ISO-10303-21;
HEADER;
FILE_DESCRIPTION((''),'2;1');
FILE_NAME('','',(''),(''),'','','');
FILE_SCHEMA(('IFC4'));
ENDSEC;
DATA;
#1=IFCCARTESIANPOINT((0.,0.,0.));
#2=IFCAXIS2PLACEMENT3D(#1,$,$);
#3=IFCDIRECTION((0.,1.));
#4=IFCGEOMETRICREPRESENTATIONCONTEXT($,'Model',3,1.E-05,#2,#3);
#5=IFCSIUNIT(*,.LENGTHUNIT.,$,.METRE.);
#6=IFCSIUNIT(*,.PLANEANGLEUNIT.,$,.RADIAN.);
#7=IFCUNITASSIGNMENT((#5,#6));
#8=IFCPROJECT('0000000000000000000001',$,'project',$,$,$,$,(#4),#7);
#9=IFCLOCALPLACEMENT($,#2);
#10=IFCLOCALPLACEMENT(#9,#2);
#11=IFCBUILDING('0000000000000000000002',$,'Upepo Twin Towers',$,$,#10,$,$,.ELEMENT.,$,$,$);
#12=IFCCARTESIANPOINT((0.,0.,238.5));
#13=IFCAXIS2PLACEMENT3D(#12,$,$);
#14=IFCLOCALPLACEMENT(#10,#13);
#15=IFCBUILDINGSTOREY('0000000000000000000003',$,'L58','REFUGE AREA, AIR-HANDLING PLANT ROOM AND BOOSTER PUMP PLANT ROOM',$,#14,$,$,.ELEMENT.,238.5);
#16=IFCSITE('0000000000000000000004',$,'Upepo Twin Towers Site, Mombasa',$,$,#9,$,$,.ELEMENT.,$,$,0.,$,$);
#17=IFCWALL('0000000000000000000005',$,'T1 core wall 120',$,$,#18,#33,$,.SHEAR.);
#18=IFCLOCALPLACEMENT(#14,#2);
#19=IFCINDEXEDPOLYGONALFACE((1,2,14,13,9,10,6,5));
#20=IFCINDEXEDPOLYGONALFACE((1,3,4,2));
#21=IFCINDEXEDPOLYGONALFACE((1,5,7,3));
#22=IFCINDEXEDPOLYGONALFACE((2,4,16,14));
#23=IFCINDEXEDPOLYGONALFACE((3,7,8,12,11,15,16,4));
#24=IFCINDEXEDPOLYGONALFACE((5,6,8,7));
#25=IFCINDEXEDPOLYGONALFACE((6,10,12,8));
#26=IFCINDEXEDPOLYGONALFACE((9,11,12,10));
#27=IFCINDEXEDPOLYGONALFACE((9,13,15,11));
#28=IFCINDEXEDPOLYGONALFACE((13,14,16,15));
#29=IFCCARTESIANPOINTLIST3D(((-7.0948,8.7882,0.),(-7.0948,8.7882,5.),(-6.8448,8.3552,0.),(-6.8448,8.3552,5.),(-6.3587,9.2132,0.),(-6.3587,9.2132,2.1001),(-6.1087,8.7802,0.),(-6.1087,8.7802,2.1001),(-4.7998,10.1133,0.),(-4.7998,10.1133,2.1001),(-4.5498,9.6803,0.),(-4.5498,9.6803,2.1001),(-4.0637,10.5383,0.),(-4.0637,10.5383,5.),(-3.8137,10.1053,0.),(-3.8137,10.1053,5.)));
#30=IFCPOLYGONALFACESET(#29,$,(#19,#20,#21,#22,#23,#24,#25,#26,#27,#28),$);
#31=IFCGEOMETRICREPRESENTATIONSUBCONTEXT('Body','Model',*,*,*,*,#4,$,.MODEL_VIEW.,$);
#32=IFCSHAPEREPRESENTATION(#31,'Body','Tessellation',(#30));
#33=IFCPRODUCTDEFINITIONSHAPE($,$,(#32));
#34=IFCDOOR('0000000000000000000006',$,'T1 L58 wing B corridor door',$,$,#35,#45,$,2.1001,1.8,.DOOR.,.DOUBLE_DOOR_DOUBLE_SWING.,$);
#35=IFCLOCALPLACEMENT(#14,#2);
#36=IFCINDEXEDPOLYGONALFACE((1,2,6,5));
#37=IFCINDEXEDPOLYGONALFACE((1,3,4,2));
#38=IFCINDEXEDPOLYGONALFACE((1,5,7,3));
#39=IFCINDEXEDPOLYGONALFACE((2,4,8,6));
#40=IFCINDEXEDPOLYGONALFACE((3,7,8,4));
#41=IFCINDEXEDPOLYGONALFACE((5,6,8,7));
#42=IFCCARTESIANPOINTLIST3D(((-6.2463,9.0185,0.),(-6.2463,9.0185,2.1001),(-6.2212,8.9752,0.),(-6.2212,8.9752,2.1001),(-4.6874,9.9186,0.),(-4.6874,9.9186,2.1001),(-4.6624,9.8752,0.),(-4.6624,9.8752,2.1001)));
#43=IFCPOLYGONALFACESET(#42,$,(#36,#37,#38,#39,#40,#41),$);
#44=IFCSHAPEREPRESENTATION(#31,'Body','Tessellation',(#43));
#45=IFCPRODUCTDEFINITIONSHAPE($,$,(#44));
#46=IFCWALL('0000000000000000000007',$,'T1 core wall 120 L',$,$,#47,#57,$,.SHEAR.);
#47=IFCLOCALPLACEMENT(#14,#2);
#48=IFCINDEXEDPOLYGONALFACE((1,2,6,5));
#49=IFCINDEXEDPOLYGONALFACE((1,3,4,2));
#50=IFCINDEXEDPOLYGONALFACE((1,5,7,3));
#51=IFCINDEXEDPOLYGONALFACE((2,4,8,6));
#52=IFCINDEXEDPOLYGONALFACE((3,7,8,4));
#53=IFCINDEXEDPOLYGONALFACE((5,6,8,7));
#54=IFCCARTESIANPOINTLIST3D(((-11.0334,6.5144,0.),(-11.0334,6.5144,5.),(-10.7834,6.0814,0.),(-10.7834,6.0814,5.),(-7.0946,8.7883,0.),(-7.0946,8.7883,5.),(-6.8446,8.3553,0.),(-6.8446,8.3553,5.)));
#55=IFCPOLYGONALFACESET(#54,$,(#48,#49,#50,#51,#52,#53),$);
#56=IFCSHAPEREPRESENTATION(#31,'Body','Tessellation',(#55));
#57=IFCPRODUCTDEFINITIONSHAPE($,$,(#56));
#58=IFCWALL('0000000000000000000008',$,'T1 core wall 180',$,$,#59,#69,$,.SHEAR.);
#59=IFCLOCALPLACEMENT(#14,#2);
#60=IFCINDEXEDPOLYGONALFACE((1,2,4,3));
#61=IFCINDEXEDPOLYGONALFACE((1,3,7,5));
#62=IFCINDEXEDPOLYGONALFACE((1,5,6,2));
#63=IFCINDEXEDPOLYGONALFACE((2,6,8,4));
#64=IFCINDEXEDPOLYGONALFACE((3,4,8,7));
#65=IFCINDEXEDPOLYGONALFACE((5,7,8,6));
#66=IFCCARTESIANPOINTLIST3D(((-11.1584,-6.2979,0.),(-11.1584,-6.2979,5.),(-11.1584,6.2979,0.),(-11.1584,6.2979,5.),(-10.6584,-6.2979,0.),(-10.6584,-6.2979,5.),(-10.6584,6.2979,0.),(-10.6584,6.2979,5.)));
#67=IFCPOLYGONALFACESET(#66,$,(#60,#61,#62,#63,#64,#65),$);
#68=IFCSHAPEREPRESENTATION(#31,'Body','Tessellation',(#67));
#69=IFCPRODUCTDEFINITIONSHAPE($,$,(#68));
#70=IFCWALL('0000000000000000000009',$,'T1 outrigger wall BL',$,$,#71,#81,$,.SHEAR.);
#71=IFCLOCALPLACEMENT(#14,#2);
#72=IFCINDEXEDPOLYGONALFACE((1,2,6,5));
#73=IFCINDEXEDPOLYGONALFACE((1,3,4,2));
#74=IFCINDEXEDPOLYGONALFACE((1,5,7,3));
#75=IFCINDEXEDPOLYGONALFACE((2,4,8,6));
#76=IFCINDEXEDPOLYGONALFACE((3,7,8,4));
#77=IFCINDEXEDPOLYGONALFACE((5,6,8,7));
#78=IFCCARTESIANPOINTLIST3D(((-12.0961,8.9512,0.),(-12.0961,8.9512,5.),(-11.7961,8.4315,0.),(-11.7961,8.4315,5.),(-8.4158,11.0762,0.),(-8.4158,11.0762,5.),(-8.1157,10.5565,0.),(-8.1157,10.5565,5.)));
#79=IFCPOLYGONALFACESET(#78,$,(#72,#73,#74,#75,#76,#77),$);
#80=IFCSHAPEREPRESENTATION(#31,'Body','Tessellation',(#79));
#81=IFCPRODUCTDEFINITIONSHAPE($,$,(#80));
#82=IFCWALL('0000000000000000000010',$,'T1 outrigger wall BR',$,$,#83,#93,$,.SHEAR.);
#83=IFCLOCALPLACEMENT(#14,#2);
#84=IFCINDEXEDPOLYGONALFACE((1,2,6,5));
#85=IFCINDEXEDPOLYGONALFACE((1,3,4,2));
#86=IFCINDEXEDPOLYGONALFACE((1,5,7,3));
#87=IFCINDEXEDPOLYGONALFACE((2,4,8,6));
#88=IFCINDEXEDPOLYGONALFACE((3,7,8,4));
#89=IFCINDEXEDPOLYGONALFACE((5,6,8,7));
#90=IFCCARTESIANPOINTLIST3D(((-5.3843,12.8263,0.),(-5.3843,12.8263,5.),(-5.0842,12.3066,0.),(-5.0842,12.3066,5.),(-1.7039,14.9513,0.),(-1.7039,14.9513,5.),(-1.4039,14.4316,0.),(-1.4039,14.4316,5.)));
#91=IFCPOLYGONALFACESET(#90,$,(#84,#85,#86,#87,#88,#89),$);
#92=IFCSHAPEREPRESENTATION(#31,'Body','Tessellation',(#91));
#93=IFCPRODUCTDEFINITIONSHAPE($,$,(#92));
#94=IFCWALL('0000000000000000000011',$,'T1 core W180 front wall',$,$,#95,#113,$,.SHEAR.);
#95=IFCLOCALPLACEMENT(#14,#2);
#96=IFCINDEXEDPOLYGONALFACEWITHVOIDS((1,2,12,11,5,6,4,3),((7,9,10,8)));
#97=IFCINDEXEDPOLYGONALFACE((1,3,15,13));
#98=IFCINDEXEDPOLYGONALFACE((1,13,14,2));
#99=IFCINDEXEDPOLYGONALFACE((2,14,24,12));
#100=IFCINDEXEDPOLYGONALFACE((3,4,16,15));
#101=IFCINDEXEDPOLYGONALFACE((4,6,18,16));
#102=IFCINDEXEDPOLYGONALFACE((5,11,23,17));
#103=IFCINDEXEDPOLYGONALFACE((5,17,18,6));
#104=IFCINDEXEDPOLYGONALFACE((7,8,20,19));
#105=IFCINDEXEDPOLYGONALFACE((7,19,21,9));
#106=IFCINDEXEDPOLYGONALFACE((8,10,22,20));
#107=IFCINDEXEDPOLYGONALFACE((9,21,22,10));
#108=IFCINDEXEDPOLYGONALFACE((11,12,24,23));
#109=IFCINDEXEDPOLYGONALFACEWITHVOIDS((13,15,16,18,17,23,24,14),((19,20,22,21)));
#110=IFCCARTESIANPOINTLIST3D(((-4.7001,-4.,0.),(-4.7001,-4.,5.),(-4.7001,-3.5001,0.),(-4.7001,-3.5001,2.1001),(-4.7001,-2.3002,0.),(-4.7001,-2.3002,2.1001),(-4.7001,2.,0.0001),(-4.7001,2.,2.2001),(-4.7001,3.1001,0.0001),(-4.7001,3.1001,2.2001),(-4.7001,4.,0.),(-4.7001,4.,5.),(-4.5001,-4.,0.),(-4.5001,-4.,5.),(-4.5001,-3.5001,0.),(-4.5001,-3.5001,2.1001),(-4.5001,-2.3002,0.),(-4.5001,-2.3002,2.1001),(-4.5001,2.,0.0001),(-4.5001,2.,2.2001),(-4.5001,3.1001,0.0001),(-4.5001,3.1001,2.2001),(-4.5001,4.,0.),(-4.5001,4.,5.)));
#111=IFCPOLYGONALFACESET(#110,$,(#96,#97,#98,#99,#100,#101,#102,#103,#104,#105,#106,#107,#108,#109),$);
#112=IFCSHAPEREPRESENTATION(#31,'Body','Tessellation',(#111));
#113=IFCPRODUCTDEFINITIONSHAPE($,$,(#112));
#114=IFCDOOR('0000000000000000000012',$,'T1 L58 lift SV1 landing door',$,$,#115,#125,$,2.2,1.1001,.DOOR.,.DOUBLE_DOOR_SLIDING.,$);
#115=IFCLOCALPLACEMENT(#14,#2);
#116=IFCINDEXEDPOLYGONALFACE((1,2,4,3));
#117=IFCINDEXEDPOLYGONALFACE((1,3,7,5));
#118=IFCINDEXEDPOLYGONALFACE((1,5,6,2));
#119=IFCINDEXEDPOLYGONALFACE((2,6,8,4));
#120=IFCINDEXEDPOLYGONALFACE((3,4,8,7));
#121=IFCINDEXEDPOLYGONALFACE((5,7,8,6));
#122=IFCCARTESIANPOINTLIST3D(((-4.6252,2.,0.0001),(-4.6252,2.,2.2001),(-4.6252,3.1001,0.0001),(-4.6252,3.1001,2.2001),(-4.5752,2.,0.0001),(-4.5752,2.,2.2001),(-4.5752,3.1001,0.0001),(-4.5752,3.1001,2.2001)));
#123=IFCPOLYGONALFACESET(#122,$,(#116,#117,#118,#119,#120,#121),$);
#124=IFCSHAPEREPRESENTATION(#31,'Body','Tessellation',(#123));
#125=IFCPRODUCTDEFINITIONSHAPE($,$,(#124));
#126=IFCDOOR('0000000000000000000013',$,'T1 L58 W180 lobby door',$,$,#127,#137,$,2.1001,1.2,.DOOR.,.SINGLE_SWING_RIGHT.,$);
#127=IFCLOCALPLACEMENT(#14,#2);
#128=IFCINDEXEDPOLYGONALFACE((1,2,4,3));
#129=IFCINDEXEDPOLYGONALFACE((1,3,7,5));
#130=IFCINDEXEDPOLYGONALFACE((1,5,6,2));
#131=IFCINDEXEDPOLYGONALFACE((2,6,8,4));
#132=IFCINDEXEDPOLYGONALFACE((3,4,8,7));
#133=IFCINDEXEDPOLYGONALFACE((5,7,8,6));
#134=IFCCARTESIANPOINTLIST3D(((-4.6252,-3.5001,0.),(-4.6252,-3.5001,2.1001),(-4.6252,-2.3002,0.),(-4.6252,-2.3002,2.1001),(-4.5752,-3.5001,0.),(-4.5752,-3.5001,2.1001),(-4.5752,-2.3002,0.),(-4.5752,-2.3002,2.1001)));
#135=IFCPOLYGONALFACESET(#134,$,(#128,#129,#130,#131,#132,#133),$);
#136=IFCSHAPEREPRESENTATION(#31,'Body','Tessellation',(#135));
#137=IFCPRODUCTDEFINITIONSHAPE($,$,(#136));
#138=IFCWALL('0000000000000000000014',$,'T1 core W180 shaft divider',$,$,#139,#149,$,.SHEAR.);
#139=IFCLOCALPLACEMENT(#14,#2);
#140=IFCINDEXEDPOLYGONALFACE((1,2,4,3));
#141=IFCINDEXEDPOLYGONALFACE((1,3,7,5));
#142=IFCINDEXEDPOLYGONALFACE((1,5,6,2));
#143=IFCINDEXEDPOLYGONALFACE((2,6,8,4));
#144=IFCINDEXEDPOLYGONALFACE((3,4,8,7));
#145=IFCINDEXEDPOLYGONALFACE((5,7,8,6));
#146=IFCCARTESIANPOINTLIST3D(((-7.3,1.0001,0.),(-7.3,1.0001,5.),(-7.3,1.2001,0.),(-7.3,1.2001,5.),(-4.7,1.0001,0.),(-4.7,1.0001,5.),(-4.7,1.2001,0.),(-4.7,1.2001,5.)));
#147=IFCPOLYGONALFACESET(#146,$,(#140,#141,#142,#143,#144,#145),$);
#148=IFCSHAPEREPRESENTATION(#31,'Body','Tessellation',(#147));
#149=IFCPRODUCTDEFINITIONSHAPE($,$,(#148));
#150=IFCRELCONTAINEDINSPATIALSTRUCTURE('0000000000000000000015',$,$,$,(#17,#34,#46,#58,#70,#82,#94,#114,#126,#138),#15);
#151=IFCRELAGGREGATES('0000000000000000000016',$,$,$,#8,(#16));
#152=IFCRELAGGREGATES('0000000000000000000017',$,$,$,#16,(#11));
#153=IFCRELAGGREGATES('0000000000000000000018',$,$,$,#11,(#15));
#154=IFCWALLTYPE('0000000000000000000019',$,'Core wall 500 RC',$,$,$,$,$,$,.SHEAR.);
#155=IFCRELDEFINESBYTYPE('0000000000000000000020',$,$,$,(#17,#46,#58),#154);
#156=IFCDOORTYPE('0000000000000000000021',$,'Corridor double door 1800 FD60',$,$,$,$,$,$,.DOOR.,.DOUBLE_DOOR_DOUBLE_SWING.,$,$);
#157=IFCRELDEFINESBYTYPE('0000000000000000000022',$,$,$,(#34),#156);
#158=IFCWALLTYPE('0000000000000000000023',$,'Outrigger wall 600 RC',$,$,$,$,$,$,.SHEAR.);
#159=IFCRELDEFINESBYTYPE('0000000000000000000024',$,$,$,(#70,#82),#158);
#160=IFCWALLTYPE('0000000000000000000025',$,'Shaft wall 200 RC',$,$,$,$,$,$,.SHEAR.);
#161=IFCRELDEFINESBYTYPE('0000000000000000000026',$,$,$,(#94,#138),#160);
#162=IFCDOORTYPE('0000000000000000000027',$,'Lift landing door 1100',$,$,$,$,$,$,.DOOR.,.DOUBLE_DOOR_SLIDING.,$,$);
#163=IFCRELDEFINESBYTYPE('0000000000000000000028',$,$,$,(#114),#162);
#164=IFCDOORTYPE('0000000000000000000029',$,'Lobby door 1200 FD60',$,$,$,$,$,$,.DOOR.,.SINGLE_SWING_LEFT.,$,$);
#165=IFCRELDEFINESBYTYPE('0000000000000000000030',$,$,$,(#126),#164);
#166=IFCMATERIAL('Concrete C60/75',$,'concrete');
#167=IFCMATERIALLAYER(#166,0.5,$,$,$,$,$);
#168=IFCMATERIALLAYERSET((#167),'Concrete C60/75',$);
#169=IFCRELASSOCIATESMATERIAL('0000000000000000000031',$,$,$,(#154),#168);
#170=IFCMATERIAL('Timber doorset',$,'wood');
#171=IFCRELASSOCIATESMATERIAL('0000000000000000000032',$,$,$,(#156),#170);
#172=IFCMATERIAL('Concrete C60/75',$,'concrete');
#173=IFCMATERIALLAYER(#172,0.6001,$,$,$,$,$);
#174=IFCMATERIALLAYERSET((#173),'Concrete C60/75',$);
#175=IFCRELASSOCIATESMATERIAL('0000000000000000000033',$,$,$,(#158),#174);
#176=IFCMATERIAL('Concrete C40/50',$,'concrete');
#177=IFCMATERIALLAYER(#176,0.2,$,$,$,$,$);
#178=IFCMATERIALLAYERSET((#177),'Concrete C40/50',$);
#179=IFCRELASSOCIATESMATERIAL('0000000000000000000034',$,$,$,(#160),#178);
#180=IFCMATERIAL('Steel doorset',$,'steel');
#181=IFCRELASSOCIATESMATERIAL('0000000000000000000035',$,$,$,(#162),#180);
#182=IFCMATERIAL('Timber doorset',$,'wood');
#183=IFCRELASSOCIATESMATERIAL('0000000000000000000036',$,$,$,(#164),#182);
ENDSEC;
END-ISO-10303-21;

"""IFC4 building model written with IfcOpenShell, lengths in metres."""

from ifc_helpers import new_model, si_unit, direction, frame, frame_2d, origin, place, context, subcontext, project, spatial, rectangle, extrude, material, layer, layer_set, type_object, element, fill, save


model = new_model("IFC4")

# Units and contexts
model_context = context("Model", 3, precision=1e-05, world=origin(), true_north=direction((0.0, 1.0)))
body_context = subcontext(model_context, "Body", "Model", "MODEL_VIEW")
ifc_project = project(units=[si_unit("LENGTHUNIT", "METRE"), si_unit("PLANEANGLEUNIT", "RADIAN")], contexts=[model_context])

# Site, building, storey
site_placement = place(None, origin())
site = spatial("IfcSite", under=ifc_project, at=site_placement, Name="Upepo Twin Towers Site, Mombasa", CompositionType="ELEMENT", RefElevation=0.0)
building_placement = place(site_placement, origin())
building = spatial("IfcBuilding", under=site, at=building_placement, Name="Upepo Twin Towers", CompositionType="ELEMENT")
storey_placement = place(building_placement, frame((0.0, 0.0, 238.5)))
storey = spatial("IfcBuildingStorey", under=building, at=storey_placement, Name="L58", Description="REFUGE AREA, AIR-HANDLING PLANT ROOM AND BOOSTER PUMP PLANT ROOM", CompositionType="ELEMENT", Elevation=238.5)

# Wall, opening, door
ifc_material_1 = material(Name="Concrete C60/75", Category="concrete")
ifc_layer_1 = layer(ifc_material_1, 0.5)
ifc_layer_set_1 = layer_set([ifc_layer_1], Name="Concrete C60/75")
wall_type_1 = type_object("IfcWallType", Name="Core wall 500 RC", PredefinedType="SHEAR", material=ifc_layer_set_1)
wall_1_placement = place(storey_placement, frame((-3.9387, 10.3218, 0.0), z_axis=(0.0, 0.0, 1.0), x_axis=(-0.866019, -0.50001, 0.0)))
wall_1 = element("IfcWall", 1, at=wall_1_placement, inside=storey, type_object=wall_type_1, Name="T1 core wall 120", PredefinedType="SHEAR", context=body_context, shape_type="SweptSolid", body=[
    extrude(rectangle(XDim=3.5, YDim=0.5, at=frame_2d((1.75, 0.0))), origin(), (0.0, 0.0, 1.0), 5.0),
])
opening_1_placement = place(wall_1_placement, frame((0.8501, 0.0, 0.0)))
opening_1 = element("IfcOpeningElement", 2, at=opening_1_placement, cuts=wall_1, PredefinedType="OPENING", context=body_context, shape_type="SweptSolid", body=[
    extrude(rectangle(XDim=1.8, YDim=2.1001, at=frame_2d((0.8999, 1.05))), frame((0.0, 0.26, 0.0), z_axis=(0.0, -1.0, 0.0), x_axis=(1.0, 0.0, 0.0)), (0.0, 0.0, 1.0), 0.52),
])
ifc_material_2 = material(Name="Timber doorset", Category="wood")
door_type_1 = type_object("IfcDoorType", Name="Corridor double door 1800 FD60", OperationType="DOUBLE_DOOR_DOUBLE_SWING", PredefinedType="DOOR", material=ifc_material_2)
door_1_placement = place(opening_1_placement, origin())
door_1 = element("IfcDoor", 3, at=door_1_placement, inside=storey, type_object=door_type_1, Name="T1 L58 wing B corridor door", OperationType="DOUBLE_DOOR_DOUBLE_SWING", OverallHeight=2.1001, OverallWidth=1.8, PredefinedType="DOOR", context=body_context, shape_type="SweptSolid", body=[
    extrude(rectangle(XDim=1.8, YDim=2.1001, at=frame_2d((0.8999, 1.05))), frame((0.0, 0.0249, 0.0), z_axis=(0.0, -1.0, 0.0), x_axis=(1.0, 0.0, 0.0)), (0.0, 0.0, 1.0), 0.05),
])
fill(opening_1, door_1)

# Walls
wall_2_placement = place(storey_placement, frame((-6.9697, 8.5718, 0.0), z_axis=(0.0, 0.0, 1.0), x_axis=(-0.866035, -0.499984, 0.0)))
element("IfcWall", 4, at=wall_2_placement, inside=storey, type_object=wall_type_1, Name="T1 core wall 120 L", PredefinedType="SHEAR", context=body_context, shape_type="SweptSolid", body=[
    extrude(rectangle(XDim=4.5481, YDim=0.5, at=frame_2d((2.2739, 0.0))), origin(), (0.0, 0.0, 1.0), 5.0),
])
wall_3_placement = place(storey_placement, frame((-10.9084, 6.2979, 0.0), z_axis=(0.0, 0.0, 1.0), x_axis=(0.0, -1.0, 0.0)))
element("IfcWall", 5, at=wall_3_placement, inside=storey, type_object=wall_type_1, Name="T1 core wall 180", PredefinedType="SHEAR", context=body_context, shape_type="SweptSolid", body=[
    extrude(rectangle(XDim=12.5957, YDim=0.5, at=frame_2d((6.2979, 0.0))), origin(), (0.0, 0.0, 1.0), 5.0),
])
ifc_material_3 = material(Name="Concrete C60/75", Category="concrete")
ifc_layer_2 = layer(ifc_material_3, 0.6001)
ifc_layer_set_2 = layer_set([ifc_layer_2], Name="Concrete C60/75")
wall_type_2 = type_object("IfcWallType", Name="Outrigger wall 600 RC", PredefinedType="SHEAR", material=ifc_layer_set_2)
for number, where, z_axis, x_axis, name in (
    (6, (-8.2656, 10.8164, 0.0), (0.0, 0.0, 1.0), (-0.866014, -0.500019, 0.0), "T1 outrigger wall BL"),
    (7, (-5.2344, 12.5664, 0.0), (0.0, 0.0, 1.0), (0.866014, 0.500019, 0.0), "T1 outrigger wall BR"),
):
    element("IfcWall", number, at=place(storey_placement, frame(where, z_axis=z_axis, x_axis=x_axis)), inside=storey, type_object=wall_type_2, Name=name, PredefinedType="SHEAR", context=body_context, shape_type="SweptSolid", body=[
        extrude(rectangle(XDim=4.2498, YDim=0.6001, at=frame_2d((2.125, 0.0))), origin(), (0.0, 0.0, 1.0), 5.0),
    ])

# Wall, openings, doors
ifc_material_4 = material(Name="Concrete C40/50", Category="concrete")
ifc_layer_3 = layer(ifc_material_4, 0.2)
ifc_layer_set_3 = layer_set([ifc_layer_3], Name="Concrete C40/50")
wall_type_3 = type_object("IfcWallType", Name="Shaft wall 200 RC", PredefinedType="SHEAR", material=ifc_layer_set_3)
wall_4_placement = place(storey_placement, frame((-4.6001, 4.0, 0.0), z_axis=(0.0, 0.0, 1.0), x_axis=(0.0, -1.0, 0.0)))
wall_4 = element("IfcWall", 8, at=wall_4_placement, inside=storey, type_object=wall_type_3, Name="T1 core W180 front wall", PredefinedType="SHEAR", context=body_context, shape_type="SweptSolid", body=[
    extrude(rectangle(XDim=8.0, YDim=0.2, at=frame_2d((4.0, 0.0))), origin(), (0.0, 0.0, 1.0), 5.0),
])
opening_2_placement = place(wall_4_placement, frame((6.3, 0.0, 0.0)))
opening_2 = element("IfcOpeningElement", 9, at=opening_2_placement, cuts=wall_4, PredefinedType="OPENING", context=body_context, shape_type="SweptSolid", body=[
    extrude(rectangle(XDim=1.2, YDim=2.1001, at=frame_2d((0.6001, 1.05))), frame((0.0, 0.1099, 0.0), z_axis=(0.0, -1.0, 0.0), x_axis=(1.0, 0.0, 0.0)), (0.0, 0.0, 1.0), 0.22),
])
opening_3_placement = place(wall_4_placement, frame((0.8999, 0.0, 0.0)))
opening_3 = element("IfcOpeningElement", 10, at=opening_3_placement, cuts=wall_4, PredefinedType="OPENING", context=body_context, shape_type="SweptSolid", body=[
    extrude(rectangle(XDim=1.1001, YDim=2.2, at=frame_2d((0.55, 1.1001))), frame((0.0, 0.1099, 0.0), z_axis=(0.0, -1.0, 0.0), x_axis=(1.0, 0.0, 0.0)), (0.0, 0.0, 1.0), 0.22),
])
ifc_material_5 = material(Name="Steel doorset", Category="steel")
door_type_2 = type_object("IfcDoorType", Name="Lift landing door 1100", OperationType="DOUBLE_DOOR_SLIDING", PredefinedType="DOOR", material=ifc_material_5)
door_2_placement = place(opening_3_placement, origin())
door_2 = element("IfcDoor", 11, at=door_2_placement, inside=storey, type_object=door_type_2, Name="T1 L58 lift SV1 landing door", OperationType="DOUBLE_DOOR_SLIDING", OverallHeight=2.2, OverallWidth=1.1001, PredefinedType="DOOR", context=body_context, shape_type="SweptSolid", body=[
    extrude(rectangle(XDim=1.1001, YDim=2.2, at=frame_2d((0.55, 1.1001))), frame((0.0, 0.0249, 0.0), z_axis=(0.0, -1.0, 0.0), x_axis=(1.0, 0.0, 0.0)), (0.0, 0.0, 1.0), 0.05),
])
fill(opening_3, door_2)
ifc_material_6 = material(Name="Timber doorset", Category="wood")
door_type_3 = type_object("IfcDoorType", Name="Lobby door 1200 FD60", OperationType="SINGLE_SWING_LEFT", PredefinedType="DOOR", material=ifc_material_6)
door_3_placement = place(opening_2_placement, origin())
door_3 = element("IfcDoor", 12, at=door_3_placement, inside=storey, type_object=door_type_3, Name="T1 L58 W180 lobby door", OperationType="SINGLE_SWING_RIGHT", OverallHeight=2.1001, OverallWidth=1.2, PredefinedType="DOOR", context=body_context, shape_type="SweptSolid", body=[
    extrude(rectangle(XDim=1.2, YDim=2.1001, at=frame_2d((0.6001, 1.05))), frame((0.0, 0.0249, 0.0), z_axis=(0.0, -1.0, 0.0), x_axis=(1.0, 0.0, 0.0)), (0.0, 0.0, 1.0), 0.05),
])
fill(opening_2, door_3)

# Wall
wall_5_placement = place(storey_placement, frame((-4.7, 1.1001, 0.0), z_axis=(0.0, 0.0, 1.0), x_axis=(-1.0, 0.0, 0.0)))
element("IfcWall", 13, at=wall_5_placement, inside=storey, type_object=wall_type_3, Name="T1 core W180 shaft divider", PredefinedType="SHEAR", context=body_context, shape_type="SweptSolid", body=[
    extrude(rectangle(XDim=2.6001, YDim=0.2, at=frame_2d((1.3, 0.0))), origin(), (0.0, 0.0, 1.0), 5.0),
])

save(model, "model.ifc")
